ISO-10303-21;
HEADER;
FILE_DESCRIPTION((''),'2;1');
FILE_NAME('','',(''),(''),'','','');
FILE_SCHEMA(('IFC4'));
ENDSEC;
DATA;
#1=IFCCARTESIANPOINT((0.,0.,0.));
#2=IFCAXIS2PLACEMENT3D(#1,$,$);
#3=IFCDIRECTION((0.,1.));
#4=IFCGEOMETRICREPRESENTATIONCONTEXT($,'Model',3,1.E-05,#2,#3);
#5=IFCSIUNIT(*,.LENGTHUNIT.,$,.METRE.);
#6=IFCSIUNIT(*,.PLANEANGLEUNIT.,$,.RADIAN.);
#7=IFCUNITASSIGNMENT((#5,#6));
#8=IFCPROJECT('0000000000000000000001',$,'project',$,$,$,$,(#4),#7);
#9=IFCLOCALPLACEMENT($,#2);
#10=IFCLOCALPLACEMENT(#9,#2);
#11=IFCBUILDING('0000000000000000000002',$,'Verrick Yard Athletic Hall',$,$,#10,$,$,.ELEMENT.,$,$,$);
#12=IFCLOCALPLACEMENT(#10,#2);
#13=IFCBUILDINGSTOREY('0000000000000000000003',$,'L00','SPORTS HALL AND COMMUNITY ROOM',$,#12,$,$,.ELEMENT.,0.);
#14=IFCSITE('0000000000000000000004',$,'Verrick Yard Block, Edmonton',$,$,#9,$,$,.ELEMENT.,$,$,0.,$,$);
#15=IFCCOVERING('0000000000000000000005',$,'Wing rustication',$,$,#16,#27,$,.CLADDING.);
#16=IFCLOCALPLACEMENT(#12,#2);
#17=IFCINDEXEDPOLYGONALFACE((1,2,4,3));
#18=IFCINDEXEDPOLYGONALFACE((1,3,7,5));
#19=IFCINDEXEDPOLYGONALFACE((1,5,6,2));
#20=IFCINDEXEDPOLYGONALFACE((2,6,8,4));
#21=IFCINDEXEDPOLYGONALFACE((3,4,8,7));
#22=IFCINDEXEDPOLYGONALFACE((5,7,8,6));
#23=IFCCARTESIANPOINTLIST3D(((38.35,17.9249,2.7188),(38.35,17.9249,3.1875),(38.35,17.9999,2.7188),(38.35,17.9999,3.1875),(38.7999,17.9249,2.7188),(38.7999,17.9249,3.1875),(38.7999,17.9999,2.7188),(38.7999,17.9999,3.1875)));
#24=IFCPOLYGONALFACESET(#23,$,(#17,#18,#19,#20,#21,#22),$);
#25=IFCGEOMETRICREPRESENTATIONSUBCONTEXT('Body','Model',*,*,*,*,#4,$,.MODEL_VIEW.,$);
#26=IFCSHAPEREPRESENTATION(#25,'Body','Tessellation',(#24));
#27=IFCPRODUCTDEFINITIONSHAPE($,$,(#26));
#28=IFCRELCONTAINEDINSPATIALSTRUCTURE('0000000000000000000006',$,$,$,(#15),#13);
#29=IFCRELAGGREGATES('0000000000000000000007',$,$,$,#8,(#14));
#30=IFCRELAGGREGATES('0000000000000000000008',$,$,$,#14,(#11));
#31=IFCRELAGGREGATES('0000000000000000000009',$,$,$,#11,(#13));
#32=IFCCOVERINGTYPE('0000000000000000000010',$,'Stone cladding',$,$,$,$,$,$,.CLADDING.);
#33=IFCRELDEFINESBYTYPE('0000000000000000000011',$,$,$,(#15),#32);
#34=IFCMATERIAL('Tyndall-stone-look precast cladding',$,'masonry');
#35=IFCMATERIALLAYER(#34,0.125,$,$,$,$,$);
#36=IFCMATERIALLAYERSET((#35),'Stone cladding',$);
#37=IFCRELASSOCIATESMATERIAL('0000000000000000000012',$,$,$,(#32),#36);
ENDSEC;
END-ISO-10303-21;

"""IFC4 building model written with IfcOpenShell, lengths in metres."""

from ifc_helpers import new_model, si_unit, direction, frame, origin, origin_2d, place, context, subcontext, project, spatial, rectangle, extrude, material, layer, layer_set, type_object, element, save


model = new_model("IFC4")

# Units and contexts
model_context = context("Model", 3, precision=1e-05, world=origin(), true_north=direction((0.0, 1.0)))
body_context = subcontext(model_context, "Body", "Model", "MODEL_VIEW")
ifc_project = project(units=[si_unit("LENGTHUNIT", "METRE"), si_unit("PLANEANGLEUNIT", "RADIAN")], contexts=[model_context])

# Site, building, storey
site_placement = place(None, origin())
site = spatial("IfcSite", under=ifc_project, at=site_placement, Name="Verrick Yard Block, Edmonton", CompositionType="ELEMENT", RefElevation=0.0)
building_placement = place(site_placement, origin())
building = spatial("IfcBuilding", under=site, at=building_placement, Name="Verrick Yard Athletic Hall", CompositionType="ELEMENT")
storey_placement = place(building_placement, origin())
storey = spatial("IfcBuildingStorey", under=building, at=storey_placement, Name="L00", Description="SPORTS HALL AND COMMUNITY ROOM", CompositionType="ELEMENT", Elevation=0.0)

# Covering
ifc_material_1 = material(Name="Tyndall-stone-look precast cladding", Category="masonry")
ifc_layer_1 = layer(ifc_material_1, 0.125)
ifc_layer_set_1 = layer_set([ifc_layer_1], Name="Stone cladding")
covering_type_1 = type_object("IfcCoveringType", Name="Stone cladding", PredefinedType="CLADDING", material=ifc_layer_set_1)
covering_1_placement = place(storey_placement, frame((38.575, 17.9624, 2.7188), z_axis=(0.0, 0.0, 1.0), x_axis=(1.0, 0.0, 0.0)))
element("IfcCovering", 1, at=covering_1_placement, inside=storey, type_object=covering_type_1, Name="Wing rustication", PredefinedType="CLADDING", context=body_context, shape_type="SweptSolid", body=[
    extrude(rectangle(XDim=0.45, YDim=0.075, at=origin_2d()), origin(), (0.0, 0.0, 1.0), 0.4688),
])

save(model, "model.ifc")
